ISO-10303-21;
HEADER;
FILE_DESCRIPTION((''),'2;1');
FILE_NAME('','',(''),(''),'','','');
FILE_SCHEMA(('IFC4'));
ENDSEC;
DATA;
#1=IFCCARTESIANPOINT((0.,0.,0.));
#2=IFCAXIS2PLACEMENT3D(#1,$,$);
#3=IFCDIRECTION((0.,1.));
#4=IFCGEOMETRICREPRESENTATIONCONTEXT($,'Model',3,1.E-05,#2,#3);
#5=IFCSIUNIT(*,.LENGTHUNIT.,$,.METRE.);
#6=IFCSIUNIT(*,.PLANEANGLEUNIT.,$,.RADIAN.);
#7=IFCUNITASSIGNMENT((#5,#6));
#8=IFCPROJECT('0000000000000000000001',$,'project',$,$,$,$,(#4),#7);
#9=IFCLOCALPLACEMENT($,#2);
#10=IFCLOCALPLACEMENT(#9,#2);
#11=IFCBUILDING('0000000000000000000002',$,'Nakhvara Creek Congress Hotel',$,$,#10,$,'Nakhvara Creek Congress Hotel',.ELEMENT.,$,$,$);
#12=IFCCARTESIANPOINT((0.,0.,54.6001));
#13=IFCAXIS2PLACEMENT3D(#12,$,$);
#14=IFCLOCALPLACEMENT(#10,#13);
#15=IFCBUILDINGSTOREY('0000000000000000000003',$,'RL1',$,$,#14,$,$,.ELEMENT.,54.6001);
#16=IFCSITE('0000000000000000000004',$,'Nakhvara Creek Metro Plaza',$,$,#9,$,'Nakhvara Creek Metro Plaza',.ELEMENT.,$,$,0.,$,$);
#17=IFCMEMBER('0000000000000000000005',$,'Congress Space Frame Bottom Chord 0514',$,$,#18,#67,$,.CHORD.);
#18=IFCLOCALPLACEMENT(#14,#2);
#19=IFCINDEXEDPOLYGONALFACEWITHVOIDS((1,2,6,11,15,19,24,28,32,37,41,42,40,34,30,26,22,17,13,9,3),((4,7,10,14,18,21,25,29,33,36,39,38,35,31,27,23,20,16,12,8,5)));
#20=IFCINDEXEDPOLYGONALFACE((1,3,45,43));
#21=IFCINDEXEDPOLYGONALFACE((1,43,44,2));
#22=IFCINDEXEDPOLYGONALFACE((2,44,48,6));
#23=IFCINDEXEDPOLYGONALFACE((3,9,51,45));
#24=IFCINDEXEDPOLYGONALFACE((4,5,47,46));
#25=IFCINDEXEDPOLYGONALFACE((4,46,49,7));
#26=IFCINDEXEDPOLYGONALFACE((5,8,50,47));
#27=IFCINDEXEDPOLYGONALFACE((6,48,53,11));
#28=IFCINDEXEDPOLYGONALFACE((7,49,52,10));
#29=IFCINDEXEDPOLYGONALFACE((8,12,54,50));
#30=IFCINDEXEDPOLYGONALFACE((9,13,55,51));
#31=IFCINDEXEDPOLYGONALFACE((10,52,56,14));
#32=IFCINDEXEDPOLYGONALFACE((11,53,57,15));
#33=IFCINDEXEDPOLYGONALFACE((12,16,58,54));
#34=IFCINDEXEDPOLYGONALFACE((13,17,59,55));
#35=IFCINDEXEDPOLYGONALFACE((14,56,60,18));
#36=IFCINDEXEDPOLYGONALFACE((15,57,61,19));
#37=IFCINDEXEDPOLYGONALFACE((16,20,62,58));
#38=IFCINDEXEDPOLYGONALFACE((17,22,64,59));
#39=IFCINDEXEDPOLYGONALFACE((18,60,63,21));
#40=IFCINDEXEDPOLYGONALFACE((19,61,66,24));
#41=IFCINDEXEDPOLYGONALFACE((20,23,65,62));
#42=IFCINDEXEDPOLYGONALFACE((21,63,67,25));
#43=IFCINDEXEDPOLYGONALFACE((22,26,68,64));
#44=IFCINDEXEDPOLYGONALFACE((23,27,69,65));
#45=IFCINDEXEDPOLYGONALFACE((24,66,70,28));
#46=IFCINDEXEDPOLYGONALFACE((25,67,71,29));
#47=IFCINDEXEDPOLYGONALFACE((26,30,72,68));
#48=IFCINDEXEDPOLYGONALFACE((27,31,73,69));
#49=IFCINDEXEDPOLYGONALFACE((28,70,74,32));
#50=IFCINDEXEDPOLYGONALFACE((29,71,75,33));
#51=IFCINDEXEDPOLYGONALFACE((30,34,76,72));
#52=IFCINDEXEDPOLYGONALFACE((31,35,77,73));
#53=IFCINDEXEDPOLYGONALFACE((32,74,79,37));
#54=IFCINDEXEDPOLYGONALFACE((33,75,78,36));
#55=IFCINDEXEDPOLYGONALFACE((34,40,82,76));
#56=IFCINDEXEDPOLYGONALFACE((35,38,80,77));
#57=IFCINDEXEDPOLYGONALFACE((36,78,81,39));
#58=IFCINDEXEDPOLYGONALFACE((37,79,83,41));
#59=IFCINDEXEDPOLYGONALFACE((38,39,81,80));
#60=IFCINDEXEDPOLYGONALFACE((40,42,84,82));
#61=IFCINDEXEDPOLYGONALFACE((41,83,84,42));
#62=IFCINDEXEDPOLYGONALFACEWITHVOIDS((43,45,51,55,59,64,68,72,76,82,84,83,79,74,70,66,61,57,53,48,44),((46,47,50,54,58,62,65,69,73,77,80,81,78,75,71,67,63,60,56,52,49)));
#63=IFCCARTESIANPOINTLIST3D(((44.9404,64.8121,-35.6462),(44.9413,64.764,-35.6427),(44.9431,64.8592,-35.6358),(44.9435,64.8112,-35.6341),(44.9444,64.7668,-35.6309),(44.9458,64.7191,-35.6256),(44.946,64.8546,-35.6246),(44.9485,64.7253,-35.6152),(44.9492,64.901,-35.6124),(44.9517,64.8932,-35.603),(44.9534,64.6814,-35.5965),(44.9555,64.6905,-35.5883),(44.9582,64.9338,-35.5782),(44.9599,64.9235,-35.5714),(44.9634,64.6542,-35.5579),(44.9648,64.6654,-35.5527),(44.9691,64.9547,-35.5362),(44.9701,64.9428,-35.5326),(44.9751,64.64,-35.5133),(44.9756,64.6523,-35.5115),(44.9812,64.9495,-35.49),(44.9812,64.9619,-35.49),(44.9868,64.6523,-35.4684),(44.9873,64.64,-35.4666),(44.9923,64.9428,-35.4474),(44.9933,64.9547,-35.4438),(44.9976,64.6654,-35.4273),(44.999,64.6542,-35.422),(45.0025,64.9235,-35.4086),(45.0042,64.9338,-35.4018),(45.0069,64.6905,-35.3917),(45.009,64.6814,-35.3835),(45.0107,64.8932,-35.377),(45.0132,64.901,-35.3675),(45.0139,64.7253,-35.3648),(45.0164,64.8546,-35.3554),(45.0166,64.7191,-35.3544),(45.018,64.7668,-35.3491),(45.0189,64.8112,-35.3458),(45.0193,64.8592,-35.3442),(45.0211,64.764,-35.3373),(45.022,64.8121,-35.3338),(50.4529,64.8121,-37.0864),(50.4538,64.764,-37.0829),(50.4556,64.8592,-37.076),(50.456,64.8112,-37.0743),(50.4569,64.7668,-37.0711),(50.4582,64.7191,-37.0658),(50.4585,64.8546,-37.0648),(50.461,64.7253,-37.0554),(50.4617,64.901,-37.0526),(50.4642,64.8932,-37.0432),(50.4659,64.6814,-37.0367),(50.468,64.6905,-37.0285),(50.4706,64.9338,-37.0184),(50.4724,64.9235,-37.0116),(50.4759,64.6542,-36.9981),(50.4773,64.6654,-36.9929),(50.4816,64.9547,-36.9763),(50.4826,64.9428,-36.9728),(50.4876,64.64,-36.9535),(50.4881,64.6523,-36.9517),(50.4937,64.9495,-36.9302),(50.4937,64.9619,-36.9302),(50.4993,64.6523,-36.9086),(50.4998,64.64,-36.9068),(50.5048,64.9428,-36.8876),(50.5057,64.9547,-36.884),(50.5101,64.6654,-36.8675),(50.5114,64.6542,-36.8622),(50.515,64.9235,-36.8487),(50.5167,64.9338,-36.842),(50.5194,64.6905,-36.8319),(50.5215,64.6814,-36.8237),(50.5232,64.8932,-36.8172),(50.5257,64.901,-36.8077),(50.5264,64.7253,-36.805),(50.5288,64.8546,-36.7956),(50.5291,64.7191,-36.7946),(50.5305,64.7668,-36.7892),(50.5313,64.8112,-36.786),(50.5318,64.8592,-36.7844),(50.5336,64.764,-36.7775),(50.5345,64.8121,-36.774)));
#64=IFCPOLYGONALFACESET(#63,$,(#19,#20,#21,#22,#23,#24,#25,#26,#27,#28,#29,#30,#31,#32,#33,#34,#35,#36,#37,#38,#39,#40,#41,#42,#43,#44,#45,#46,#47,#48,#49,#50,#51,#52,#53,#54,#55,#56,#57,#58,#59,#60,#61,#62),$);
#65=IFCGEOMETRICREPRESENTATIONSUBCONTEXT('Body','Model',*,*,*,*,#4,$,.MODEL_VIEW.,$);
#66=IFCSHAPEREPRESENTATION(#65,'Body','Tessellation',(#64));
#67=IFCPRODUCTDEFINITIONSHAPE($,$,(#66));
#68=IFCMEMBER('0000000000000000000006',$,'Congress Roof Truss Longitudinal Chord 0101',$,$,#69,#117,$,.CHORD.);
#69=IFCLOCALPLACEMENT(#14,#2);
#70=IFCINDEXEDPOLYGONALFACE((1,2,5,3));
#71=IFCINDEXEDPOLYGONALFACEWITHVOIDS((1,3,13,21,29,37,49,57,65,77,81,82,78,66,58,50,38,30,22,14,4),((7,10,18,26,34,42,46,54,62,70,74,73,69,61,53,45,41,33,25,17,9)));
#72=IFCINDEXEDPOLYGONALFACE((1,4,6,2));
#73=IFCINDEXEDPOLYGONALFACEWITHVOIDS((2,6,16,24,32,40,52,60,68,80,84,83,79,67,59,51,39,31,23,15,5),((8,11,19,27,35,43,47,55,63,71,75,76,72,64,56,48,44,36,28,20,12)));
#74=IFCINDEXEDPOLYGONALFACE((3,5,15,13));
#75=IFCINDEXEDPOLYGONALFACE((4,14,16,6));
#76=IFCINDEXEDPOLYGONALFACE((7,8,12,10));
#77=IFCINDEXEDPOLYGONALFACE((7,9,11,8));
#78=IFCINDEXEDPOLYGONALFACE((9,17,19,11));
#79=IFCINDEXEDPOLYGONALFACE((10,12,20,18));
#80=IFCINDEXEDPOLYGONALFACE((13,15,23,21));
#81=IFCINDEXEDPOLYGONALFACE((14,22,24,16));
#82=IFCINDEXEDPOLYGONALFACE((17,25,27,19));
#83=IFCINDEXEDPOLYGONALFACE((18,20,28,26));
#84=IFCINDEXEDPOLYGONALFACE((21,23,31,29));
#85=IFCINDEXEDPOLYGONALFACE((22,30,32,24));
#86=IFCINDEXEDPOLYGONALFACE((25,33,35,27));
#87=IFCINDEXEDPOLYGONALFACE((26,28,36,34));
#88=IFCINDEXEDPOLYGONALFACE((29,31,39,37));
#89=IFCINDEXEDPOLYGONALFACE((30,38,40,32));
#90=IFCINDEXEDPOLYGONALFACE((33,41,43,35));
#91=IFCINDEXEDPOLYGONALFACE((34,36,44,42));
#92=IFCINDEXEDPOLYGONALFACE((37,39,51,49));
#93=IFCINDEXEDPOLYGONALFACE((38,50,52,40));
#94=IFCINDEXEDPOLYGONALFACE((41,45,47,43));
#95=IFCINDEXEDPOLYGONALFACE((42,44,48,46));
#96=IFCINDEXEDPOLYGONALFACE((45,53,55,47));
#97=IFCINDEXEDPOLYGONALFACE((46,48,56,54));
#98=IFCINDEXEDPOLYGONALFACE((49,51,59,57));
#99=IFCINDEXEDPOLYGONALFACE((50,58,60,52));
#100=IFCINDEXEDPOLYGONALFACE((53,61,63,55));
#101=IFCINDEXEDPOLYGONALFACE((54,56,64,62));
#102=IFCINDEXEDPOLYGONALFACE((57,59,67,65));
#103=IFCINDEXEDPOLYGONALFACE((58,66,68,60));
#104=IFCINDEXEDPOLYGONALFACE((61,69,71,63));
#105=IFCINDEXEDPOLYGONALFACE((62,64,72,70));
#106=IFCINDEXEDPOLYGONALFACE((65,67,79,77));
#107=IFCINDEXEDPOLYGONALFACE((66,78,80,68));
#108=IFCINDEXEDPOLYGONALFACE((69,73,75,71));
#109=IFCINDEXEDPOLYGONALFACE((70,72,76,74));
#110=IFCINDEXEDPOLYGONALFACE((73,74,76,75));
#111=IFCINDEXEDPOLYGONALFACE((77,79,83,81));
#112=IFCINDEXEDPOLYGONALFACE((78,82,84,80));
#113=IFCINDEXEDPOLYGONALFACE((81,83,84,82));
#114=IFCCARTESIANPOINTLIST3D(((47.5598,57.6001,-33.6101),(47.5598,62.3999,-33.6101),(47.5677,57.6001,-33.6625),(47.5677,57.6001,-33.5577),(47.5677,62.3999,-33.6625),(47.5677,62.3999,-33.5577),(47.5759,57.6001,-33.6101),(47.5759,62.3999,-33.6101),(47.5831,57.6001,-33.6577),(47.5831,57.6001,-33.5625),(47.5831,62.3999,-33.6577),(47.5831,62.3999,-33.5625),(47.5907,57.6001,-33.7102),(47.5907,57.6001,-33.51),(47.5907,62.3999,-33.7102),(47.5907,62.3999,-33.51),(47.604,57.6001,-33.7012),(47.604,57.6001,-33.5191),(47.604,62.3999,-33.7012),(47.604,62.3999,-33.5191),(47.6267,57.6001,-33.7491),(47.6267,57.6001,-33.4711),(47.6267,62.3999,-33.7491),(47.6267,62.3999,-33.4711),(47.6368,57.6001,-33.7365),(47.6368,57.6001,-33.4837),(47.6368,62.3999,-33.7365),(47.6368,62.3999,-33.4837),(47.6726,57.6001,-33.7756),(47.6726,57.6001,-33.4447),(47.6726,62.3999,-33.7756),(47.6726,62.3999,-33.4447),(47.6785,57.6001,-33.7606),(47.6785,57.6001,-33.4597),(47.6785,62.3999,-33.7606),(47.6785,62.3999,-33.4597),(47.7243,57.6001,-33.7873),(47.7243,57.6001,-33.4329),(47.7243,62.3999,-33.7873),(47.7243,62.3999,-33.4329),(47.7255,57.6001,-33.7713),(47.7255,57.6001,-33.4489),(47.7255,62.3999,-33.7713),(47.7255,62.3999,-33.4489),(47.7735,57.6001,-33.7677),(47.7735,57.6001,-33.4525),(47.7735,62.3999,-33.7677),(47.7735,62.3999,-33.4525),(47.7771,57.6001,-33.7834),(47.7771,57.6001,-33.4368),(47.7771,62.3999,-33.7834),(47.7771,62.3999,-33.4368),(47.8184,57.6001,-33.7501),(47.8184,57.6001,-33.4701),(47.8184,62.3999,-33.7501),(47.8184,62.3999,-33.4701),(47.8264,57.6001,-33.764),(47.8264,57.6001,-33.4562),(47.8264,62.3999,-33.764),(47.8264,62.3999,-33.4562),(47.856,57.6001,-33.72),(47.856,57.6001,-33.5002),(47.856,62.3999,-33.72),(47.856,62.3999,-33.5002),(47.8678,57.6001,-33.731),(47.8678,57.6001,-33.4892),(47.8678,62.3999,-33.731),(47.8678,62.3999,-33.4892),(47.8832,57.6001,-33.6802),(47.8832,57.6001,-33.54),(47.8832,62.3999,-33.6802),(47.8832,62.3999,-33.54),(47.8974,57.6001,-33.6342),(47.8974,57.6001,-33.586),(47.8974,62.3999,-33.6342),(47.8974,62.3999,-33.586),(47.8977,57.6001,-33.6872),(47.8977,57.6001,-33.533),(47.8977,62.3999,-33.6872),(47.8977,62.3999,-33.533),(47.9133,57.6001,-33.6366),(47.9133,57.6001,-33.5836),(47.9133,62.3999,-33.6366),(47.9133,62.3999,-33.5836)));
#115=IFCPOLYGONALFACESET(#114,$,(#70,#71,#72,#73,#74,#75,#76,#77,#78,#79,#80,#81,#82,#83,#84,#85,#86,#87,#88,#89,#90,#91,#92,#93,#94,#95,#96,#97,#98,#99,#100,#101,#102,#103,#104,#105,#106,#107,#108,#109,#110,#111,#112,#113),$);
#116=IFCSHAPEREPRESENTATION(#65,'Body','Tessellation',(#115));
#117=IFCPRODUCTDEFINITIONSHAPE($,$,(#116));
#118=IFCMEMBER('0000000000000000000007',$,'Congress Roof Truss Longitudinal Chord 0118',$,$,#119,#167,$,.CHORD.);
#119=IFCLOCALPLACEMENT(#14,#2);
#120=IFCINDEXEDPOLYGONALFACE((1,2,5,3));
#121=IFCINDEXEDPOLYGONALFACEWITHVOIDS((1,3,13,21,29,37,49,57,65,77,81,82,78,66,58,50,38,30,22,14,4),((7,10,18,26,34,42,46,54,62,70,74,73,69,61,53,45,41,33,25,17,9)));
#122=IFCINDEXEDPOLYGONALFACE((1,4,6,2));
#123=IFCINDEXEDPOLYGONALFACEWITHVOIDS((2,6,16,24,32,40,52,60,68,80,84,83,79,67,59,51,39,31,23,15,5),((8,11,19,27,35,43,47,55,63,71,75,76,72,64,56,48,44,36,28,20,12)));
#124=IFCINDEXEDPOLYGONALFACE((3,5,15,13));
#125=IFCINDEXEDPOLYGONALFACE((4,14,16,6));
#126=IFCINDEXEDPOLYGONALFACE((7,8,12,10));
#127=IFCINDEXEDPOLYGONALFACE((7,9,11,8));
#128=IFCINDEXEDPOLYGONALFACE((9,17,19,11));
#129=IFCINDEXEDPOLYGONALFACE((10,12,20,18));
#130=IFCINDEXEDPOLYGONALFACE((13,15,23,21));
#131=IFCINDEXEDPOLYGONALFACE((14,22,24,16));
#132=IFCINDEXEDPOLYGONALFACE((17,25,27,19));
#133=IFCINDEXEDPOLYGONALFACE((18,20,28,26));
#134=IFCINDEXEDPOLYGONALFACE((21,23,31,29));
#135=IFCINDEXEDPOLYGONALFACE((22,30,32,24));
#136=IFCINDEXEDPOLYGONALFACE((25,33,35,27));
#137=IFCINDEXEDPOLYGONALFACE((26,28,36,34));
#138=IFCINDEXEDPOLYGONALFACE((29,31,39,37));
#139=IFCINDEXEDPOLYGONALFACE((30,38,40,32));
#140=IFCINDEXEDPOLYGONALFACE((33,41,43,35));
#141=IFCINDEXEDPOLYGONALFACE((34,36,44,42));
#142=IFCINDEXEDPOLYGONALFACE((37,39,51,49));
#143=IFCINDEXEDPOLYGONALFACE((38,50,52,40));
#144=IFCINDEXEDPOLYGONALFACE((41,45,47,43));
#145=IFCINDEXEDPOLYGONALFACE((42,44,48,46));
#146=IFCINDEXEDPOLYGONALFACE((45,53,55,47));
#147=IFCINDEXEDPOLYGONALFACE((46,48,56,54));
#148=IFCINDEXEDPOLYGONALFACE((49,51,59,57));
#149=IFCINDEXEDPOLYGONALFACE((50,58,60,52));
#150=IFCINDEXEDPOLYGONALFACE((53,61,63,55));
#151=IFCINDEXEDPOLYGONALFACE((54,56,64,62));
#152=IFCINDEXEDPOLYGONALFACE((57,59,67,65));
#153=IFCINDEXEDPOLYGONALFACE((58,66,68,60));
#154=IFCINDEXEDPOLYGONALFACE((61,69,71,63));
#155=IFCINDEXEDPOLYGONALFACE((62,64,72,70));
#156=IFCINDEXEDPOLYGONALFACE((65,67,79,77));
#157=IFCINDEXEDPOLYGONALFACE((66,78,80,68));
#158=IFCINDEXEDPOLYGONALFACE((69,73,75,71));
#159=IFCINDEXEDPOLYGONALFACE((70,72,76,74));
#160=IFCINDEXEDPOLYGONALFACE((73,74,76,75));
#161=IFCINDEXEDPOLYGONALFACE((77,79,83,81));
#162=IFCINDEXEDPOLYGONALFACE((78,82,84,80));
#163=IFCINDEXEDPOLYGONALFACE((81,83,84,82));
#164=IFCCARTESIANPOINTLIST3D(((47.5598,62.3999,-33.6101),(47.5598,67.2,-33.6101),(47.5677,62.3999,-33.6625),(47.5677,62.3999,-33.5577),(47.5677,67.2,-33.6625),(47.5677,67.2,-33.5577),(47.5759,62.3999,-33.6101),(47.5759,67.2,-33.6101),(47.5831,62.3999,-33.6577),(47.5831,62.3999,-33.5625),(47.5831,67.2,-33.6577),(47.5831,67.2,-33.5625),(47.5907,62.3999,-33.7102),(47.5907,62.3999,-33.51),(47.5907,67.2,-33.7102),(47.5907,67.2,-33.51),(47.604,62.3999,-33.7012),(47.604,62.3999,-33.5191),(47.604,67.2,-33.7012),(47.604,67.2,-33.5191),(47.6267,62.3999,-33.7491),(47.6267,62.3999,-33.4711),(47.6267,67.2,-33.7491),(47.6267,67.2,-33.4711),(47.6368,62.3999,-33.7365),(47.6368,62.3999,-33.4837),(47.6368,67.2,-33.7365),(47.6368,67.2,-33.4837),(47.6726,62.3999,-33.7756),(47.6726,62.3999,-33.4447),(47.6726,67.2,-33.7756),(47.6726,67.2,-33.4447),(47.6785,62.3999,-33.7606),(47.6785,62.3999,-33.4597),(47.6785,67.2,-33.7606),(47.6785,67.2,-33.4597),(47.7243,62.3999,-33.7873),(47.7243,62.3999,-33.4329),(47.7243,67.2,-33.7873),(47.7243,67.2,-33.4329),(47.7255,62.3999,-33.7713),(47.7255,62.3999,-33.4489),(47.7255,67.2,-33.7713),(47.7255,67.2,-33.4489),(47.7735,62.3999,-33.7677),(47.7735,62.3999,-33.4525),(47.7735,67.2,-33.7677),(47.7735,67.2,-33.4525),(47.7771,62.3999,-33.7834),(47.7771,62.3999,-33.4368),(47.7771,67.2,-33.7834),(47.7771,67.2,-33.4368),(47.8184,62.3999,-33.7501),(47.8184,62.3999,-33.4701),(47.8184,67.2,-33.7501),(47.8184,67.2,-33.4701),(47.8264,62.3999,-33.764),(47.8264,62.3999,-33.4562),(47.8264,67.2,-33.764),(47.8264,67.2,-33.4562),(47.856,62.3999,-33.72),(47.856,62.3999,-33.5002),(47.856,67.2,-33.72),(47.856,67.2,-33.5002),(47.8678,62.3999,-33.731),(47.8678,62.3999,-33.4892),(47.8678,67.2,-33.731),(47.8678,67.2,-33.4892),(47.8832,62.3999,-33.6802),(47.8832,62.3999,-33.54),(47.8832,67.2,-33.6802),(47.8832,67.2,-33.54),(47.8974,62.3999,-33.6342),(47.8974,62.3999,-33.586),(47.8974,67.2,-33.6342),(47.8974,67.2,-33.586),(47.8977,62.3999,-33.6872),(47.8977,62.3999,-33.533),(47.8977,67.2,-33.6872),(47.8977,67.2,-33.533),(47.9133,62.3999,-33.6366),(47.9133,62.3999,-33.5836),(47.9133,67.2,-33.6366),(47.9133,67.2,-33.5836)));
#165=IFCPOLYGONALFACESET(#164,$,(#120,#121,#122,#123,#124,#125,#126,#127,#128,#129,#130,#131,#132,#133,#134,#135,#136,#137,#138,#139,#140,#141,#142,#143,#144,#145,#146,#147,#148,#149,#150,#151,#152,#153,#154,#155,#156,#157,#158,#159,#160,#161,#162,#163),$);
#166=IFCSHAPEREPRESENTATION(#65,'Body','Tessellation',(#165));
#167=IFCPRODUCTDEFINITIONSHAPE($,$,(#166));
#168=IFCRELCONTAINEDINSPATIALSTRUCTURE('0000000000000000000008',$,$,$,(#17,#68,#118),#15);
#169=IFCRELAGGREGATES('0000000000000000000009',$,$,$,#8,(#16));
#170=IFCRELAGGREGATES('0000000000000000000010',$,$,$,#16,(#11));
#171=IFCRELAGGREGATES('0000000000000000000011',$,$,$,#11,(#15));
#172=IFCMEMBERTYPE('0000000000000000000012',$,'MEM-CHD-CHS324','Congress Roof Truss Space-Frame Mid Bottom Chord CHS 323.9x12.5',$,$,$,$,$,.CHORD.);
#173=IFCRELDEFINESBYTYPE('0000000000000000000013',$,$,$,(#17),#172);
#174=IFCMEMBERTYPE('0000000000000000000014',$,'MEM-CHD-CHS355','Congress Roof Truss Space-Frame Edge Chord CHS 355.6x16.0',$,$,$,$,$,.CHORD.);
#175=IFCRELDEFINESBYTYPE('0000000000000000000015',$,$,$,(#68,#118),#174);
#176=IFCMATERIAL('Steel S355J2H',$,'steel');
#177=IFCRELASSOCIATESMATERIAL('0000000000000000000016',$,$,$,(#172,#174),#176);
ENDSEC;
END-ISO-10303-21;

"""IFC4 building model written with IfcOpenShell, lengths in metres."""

from ifc_helpers import new_model, si_unit, direction, frame, origin, origin_2d, place, context, subcontext, project, spatial, hollow_circle, extrude, material, material_profile, profile_set, type_object, element, save


model = new_model("IFC4")

# Units and contexts
model_context = context("Model", 3, precision=1e-05, world=origin(), true_north=direction((0.0, 1.0)))
body_context = subcontext(model_context, "Body", "Model", "MODEL_VIEW")
ifc_project = project(units=[si_unit("LENGTHUNIT", "METRE"), si_unit("PLANEANGLEUNIT", "RADIAN")], contexts=[model_context])

# Site, building, storey
site_placement = place(None, origin())
site = spatial("IfcSite", under=ifc_project, at=site_placement, Name="Nakhvara Creek Metro Plaza", LongName="Nakhvara Creek Metro Plaza", CompositionType="ELEMENT", RefElevation=0.0)
building_placement = place(site_placement, origin())
building = spatial("IfcBuilding", under=site, at=building_placement, Name="Nakhvara Creek Congress Hotel", LongName="Nakhvara Creek Congress Hotel", CompositionType="ELEMENT")
storey_placement = place(building_placement, frame((0.0, 0.0, 54.6001)))
storey = spatial("IfcBuildingStorey", under=building, at=storey_placement, Name="RL1", CompositionType="ELEMENT", Elevation=54.6001)

# Members
ifc_material_1 = material(Name="Steel S355J2H", Category="steel")
ifc_material_profile_1 = material_profile(ifc_material_1, hollow_circle(Radius=0.1619, WallThickness=0.0125, at=origin_2d()), Name="CHS 323.9x12.5", Category="LoadBearing")
ifc_profile_set_1 = profile_set([ifc_material_profile_1], Name="Steel S355J2H")
member_type_1 = type_object("IfcMemberType", Name="MEM-CHD-CHS324", Description="Congress Roof Truss Space-Frame Mid Bottom Chord CHS 323.9x12.5", PredefinedType="CHORD", material=ifc_profile_set_1)
for number, where, z_axis, x_axis, name in (
    (1, (44.9812, 64.8, -35.49), (0.967525, 0.0, -0.252776), (0.0, 1.0, 0.0), "Congress Space Frame Bottom Chord 0514"),
):
    element("IfcMember", number, at=place(storey_placement, frame(where, z_axis=z_axis, x_axis=x_axis)), inside=storey, type_object=member_type_1, Name=name, PredefinedType="CHORD", context=body_context, shape_type="SweptSolid", body=[
        extrude(hollow_circle(Radius=0.1619, WallThickness=0.0125, at=origin_2d()), origin(), (0.0, 0.0, 1.0), 5.6975),
    ])
ifc_material_profile_2 = material_profile(ifc_material_1, hollow_circle(Radius=0.1777, WallThickness=0.0161, at=origin_2d()), Name="CHS 355.6x16.0", Category="LoadBearing")
ifc_profile_set_2 = profile_set([ifc_material_profile_2], Name="Steel S355J2H")
member_type_2 = type_object("IfcMemberType", Name="MEM-CHD-CHS355", Description="Congress Roof Truss Space-Frame Edge Chord CHS 355.6x16.0", PredefinedType="CHORD", material=ifc_profile_set_2)
member_1_placement = place(storey_placement, frame((47.7375, 57.6001, -33.6101), z_axis=(0.0, 1.0, 0.0), x_axis=(-1.0, 0.0, 0.0)))
element("IfcMember", 2, at=member_1_placement, inside=storey, type_object=member_type_2, Name="Congress Roof Truss Longitudinal Chord 0101", PredefinedType="CHORD", context=body_context, shape_type="SweptSolid", body=[
    extrude(hollow_circle(Radius=0.1777, WallThickness=0.0161, at=origin_2d()), origin(), (0.0, 0.0, 1.0), 4.7998),
])
member_2_placement = place(storey_placement, frame((47.7375, 62.3999, -33.6101), z_axis=(0.0, 1.0, 0.0), x_axis=(-1.0, 0.0, 0.0)))
element("IfcMember", 3, at=member_2_placement, inside=storey, type_object=member_type_2, Name="Congress Roof Truss Longitudinal Chord 0118", PredefinedType="CHORD", context=body_context, shape_type="SweptSolid", body=[
    extrude(hollow_circle(Radius=0.1777, WallThickness=0.0161, at=origin_2d()), origin(), (0.0, 0.0, 1.0), 4.8),
])

save(model, "model.ifc")
